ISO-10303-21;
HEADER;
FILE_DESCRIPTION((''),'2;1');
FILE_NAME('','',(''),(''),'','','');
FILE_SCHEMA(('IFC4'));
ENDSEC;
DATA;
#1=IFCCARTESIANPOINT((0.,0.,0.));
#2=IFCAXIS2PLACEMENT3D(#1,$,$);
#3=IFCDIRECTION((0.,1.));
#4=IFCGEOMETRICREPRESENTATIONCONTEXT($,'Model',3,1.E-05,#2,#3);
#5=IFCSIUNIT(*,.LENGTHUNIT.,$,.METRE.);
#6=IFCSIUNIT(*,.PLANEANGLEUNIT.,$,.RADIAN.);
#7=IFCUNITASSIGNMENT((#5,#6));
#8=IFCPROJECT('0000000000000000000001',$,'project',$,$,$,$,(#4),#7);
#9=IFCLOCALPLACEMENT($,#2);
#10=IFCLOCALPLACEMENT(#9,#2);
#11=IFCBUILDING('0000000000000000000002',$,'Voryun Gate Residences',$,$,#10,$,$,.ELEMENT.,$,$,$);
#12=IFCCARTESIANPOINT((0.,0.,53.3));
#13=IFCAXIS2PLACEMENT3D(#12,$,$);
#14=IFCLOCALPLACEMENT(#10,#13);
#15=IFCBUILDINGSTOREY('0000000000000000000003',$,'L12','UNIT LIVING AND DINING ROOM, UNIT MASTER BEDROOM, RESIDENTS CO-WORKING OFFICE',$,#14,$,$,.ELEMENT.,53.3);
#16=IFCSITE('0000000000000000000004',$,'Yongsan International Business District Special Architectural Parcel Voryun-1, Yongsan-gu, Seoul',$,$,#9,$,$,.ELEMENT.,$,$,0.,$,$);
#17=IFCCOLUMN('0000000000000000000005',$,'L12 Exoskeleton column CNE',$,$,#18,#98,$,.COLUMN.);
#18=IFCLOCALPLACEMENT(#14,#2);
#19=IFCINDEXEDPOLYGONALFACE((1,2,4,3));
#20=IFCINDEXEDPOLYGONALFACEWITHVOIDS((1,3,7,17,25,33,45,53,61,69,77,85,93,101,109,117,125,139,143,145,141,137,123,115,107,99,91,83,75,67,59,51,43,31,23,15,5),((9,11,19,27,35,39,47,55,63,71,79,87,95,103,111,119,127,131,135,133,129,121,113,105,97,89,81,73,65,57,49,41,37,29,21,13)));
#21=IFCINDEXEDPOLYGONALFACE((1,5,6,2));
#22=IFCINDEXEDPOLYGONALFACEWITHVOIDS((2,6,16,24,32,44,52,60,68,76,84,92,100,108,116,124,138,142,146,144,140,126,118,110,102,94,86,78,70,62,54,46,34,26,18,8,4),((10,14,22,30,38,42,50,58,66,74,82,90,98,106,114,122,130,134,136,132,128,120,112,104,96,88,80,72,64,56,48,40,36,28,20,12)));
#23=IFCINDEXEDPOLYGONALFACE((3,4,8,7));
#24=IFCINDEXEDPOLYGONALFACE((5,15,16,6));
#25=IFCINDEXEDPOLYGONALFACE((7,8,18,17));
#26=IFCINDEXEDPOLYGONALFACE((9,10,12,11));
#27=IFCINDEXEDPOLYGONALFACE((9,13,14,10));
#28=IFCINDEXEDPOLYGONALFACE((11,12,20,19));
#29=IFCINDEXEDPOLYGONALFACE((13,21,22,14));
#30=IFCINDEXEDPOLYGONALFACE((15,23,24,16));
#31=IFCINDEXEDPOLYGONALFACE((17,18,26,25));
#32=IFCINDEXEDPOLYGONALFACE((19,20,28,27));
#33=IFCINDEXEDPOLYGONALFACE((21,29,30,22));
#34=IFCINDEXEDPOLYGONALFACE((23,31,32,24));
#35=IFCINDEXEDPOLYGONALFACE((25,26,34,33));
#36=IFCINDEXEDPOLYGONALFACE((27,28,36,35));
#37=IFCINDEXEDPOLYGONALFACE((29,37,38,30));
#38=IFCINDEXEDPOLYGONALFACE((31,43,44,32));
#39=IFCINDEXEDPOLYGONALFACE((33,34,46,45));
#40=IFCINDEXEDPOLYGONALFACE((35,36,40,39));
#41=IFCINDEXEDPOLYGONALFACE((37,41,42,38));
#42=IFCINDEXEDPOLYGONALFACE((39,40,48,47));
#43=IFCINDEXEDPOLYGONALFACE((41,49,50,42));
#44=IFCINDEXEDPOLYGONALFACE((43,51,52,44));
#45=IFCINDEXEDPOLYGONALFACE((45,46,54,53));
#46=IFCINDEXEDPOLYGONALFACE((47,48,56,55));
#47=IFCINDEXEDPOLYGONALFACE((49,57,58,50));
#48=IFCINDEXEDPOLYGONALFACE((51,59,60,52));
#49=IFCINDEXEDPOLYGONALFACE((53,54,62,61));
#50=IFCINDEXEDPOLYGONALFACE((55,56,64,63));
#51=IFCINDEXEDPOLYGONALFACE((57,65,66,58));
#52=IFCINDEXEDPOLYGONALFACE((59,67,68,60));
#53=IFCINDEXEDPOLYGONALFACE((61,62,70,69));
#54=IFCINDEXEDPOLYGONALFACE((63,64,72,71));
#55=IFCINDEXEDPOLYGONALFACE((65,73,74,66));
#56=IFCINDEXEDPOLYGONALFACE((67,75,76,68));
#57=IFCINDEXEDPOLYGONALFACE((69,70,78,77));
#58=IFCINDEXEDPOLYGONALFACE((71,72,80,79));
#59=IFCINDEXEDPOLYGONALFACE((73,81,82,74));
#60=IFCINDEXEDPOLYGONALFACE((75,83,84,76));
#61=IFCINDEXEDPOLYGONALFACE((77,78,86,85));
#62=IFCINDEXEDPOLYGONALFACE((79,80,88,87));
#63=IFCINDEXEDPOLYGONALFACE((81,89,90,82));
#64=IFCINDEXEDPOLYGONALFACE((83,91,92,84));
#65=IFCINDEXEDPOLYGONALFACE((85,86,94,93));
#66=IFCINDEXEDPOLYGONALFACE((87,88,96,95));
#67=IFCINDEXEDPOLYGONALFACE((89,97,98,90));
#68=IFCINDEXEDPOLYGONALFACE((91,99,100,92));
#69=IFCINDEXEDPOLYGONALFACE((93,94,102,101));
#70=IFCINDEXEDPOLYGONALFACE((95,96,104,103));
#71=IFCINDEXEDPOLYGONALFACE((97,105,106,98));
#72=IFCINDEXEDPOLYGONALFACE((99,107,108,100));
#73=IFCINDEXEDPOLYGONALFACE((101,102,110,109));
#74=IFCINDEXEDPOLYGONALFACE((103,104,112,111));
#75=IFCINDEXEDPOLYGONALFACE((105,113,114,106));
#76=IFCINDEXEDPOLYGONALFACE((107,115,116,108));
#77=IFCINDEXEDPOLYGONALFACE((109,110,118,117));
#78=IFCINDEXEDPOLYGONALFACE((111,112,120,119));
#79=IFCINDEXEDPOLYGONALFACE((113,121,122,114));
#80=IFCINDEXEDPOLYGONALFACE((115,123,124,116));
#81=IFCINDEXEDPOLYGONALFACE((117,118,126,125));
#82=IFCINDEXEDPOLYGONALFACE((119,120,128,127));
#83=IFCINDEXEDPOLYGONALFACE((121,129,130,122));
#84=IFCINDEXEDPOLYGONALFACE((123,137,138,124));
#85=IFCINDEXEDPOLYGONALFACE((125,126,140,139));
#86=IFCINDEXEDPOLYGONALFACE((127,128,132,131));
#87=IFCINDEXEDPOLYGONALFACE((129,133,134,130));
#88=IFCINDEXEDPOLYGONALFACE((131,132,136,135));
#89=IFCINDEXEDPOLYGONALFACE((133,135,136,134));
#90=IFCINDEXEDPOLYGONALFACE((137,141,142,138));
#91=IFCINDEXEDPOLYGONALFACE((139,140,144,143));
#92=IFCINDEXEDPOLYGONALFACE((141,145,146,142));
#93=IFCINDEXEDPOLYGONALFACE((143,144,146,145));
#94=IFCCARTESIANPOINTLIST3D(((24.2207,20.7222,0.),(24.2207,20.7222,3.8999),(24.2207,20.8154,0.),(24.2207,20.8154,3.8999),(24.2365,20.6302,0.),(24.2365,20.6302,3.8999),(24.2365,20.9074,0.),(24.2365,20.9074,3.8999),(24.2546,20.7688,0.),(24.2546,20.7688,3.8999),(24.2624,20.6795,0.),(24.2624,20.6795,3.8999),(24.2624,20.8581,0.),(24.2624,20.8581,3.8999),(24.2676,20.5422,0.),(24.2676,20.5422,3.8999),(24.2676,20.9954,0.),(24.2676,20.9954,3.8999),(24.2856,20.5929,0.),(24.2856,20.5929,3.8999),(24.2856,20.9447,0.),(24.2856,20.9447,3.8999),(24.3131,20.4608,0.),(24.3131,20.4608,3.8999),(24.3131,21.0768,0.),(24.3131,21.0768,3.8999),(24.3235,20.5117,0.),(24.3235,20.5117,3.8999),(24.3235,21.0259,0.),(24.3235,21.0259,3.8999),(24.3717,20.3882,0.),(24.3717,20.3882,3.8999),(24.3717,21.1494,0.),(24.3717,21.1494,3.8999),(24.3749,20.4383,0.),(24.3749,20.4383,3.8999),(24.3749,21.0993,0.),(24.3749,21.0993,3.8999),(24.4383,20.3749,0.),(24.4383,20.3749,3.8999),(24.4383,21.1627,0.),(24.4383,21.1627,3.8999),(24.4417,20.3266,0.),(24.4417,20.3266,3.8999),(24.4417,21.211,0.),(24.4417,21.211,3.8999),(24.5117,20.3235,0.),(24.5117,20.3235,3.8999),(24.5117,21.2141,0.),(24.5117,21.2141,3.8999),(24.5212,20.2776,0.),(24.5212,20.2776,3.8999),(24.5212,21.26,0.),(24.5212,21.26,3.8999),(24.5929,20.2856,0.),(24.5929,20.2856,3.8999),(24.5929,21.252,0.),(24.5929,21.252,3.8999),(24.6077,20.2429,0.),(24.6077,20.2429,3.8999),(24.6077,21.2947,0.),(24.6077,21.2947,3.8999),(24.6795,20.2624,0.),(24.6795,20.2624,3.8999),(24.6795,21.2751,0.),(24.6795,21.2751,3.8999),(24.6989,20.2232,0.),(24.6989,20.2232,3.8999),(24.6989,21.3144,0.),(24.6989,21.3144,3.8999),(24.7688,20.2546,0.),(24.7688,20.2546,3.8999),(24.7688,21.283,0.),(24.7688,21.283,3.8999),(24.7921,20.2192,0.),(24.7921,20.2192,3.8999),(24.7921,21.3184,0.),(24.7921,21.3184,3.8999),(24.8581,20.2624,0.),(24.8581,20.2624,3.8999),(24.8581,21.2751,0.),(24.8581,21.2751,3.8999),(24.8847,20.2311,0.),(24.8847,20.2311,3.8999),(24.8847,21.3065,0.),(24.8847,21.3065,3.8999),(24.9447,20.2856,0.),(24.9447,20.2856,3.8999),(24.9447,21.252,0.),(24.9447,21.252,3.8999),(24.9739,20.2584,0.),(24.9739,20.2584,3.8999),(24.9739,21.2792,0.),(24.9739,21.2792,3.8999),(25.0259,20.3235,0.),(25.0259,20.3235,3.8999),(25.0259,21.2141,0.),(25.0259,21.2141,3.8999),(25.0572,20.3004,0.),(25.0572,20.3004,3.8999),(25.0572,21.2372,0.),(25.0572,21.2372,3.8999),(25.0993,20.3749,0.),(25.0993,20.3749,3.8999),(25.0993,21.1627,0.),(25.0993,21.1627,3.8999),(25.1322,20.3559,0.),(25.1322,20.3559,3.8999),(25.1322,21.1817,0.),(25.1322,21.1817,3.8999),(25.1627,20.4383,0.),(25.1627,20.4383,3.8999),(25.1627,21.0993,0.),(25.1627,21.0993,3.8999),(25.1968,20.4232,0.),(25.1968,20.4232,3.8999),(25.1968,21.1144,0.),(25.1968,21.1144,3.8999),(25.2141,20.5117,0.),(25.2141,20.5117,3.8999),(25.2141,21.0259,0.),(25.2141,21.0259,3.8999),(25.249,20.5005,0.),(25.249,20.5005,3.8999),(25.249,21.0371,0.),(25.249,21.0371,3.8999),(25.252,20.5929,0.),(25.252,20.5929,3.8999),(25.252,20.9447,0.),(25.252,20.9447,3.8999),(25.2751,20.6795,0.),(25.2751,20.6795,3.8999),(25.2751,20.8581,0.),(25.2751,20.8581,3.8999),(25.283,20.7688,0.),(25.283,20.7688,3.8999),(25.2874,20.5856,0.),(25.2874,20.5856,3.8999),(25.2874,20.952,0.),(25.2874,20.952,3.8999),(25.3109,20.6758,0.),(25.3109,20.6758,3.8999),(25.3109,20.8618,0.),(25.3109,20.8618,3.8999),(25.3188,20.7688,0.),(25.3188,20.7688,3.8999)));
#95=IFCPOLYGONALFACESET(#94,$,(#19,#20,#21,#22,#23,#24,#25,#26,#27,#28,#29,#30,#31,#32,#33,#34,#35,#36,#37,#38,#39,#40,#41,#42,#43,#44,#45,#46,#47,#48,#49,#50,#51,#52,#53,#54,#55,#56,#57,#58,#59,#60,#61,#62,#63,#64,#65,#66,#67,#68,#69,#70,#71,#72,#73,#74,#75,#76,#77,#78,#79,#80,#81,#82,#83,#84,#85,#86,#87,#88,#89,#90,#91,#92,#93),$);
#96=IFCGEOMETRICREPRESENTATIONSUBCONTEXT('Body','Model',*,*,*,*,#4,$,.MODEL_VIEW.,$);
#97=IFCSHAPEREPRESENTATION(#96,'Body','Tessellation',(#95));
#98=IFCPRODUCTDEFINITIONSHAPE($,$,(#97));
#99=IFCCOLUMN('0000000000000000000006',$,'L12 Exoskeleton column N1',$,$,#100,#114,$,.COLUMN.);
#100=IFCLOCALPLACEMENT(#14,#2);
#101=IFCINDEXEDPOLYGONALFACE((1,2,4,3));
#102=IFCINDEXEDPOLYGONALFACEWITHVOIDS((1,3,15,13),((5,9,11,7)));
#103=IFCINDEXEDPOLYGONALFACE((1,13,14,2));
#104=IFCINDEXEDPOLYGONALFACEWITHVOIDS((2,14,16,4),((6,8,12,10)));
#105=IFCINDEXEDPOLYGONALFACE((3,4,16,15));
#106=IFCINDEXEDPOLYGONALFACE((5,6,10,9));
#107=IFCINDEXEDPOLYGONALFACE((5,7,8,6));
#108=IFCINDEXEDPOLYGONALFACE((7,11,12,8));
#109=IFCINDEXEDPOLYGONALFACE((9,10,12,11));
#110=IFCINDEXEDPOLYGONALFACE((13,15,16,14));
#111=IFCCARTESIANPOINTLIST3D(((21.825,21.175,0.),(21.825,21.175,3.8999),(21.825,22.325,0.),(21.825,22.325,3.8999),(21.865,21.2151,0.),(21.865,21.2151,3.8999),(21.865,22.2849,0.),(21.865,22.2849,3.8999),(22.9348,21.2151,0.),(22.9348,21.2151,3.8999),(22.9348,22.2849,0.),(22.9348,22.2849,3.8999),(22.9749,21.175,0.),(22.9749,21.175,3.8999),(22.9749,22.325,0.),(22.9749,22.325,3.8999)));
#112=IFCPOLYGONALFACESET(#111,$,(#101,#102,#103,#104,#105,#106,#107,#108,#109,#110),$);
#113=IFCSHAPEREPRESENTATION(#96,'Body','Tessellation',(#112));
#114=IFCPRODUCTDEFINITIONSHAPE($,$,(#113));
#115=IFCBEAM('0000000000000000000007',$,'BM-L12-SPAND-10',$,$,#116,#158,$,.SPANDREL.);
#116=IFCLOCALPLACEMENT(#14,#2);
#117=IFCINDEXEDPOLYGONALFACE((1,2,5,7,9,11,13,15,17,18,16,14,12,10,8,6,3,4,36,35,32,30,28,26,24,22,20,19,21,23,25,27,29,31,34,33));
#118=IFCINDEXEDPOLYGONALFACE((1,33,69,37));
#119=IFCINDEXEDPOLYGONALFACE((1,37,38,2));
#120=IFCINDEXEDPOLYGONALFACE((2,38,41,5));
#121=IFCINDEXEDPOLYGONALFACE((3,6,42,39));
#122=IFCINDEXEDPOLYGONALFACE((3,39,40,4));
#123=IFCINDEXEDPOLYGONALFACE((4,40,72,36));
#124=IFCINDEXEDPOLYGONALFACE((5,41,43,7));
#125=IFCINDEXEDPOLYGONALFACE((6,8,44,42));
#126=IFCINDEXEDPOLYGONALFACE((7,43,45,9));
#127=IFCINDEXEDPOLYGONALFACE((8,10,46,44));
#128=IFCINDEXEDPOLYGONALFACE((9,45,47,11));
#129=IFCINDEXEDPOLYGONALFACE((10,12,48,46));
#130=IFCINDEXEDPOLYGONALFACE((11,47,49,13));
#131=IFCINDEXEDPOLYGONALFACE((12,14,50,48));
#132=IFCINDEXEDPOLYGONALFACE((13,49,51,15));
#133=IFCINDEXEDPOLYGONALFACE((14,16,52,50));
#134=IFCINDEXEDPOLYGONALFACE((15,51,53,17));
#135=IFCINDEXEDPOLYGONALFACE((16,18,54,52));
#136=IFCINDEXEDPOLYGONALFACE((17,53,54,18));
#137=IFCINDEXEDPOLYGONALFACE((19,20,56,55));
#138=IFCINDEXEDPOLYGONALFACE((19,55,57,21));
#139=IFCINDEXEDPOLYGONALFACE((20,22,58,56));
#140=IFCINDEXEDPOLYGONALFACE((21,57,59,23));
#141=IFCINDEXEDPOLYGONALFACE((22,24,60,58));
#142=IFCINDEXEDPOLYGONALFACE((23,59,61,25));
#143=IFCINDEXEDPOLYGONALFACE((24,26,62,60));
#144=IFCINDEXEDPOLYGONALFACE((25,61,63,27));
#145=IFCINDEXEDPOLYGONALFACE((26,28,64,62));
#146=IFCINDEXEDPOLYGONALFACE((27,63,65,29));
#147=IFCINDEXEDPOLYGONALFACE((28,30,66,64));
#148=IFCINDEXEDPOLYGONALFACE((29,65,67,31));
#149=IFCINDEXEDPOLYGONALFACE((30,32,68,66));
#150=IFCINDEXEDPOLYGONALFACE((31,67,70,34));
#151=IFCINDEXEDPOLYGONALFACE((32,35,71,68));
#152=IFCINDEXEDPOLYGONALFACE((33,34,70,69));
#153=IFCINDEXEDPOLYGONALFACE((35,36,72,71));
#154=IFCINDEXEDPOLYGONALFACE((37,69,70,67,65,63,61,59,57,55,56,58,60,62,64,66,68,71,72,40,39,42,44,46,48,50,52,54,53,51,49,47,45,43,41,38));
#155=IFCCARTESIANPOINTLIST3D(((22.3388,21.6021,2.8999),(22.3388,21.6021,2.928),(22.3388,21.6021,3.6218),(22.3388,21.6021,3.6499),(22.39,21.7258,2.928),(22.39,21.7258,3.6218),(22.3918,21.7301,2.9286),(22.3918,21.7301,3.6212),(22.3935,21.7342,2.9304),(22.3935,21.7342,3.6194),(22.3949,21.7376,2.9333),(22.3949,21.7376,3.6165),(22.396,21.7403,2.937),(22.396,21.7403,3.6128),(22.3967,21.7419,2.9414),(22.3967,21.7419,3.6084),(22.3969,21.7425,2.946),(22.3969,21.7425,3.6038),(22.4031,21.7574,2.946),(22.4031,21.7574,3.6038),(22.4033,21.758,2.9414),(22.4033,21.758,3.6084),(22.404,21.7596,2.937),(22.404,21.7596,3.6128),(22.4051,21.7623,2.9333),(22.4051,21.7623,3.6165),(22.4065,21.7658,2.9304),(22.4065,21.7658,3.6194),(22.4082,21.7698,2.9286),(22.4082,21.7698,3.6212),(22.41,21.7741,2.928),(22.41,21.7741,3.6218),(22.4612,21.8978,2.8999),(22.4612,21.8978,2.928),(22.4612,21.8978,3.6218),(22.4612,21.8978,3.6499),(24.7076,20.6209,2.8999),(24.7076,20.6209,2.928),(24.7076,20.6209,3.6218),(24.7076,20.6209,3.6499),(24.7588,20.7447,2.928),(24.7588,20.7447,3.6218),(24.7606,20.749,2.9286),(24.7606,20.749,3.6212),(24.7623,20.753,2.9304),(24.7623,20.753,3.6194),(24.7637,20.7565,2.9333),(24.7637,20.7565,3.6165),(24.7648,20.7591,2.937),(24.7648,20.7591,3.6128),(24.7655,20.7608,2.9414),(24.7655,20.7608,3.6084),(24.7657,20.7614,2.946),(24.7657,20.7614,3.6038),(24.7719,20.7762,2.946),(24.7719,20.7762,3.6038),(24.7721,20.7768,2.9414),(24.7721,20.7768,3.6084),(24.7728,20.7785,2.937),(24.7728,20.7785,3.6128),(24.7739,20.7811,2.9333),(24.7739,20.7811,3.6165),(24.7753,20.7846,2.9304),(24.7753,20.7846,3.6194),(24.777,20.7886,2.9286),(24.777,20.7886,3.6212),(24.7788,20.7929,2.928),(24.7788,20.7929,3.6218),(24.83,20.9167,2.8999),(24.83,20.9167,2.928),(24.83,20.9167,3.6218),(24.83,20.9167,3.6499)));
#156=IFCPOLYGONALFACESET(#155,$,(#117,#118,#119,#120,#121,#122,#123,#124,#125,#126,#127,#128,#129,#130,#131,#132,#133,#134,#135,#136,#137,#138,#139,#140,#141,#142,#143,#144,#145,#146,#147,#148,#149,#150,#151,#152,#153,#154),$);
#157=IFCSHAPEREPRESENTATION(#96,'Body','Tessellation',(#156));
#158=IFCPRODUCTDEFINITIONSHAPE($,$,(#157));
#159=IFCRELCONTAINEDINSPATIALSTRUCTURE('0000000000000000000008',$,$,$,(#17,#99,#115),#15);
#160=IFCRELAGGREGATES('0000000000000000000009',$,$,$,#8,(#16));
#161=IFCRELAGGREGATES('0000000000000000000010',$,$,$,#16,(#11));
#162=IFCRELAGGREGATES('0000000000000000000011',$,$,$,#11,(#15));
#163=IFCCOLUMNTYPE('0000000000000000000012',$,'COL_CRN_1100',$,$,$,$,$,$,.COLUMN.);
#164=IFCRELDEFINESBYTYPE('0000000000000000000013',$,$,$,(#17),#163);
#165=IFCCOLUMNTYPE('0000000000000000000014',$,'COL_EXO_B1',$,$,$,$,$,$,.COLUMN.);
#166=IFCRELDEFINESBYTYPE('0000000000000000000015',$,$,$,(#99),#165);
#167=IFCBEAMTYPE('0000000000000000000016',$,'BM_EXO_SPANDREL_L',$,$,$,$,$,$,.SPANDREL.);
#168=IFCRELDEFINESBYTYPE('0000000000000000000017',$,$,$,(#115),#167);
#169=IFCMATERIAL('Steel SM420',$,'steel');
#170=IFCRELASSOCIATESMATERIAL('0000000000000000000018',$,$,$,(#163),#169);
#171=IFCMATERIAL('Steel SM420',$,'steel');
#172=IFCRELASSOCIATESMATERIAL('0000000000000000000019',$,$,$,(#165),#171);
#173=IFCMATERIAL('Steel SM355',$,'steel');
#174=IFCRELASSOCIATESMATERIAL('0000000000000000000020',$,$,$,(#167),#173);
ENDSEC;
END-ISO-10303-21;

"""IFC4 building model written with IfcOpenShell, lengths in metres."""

from ifc_helpers import new_model, si_unit, direction, frame, origin, origin_2d, place, context, subcontext, project, spatial, hollow_rectangle, hollow_circle, i_section, extrude, material, material_profile, profile_set, type_object, element, save


model = new_model("IFC4")

# Units and contexts
model_context = context("Model", 3, precision=1e-05, world=origin(), true_north=direction((0.0, 1.0)))
body_context = subcontext(model_context, "Body", "Model", "MODEL_VIEW")
ifc_project = project(units=[si_unit("LENGTHUNIT", "METRE"), si_unit("PLANEANGLEUNIT", "RADIAN")], contexts=[model_context])

# Site, building, storey
site_placement = place(None, origin())
site = spatial("IfcSite", under=ifc_project, at=site_placement, Name="Yongsan International Business District Special Architectural Parcel Voryun-1, Yongsan-gu, Seoul", CompositionType="ELEMENT", RefElevation=0.0)
building_placement = place(site_placement, origin())
building = spatial("IfcBuilding", under=site, at=building_placement, Name="Voryun Gate Residences", CompositionType="ELEMENT")
storey_placement = place(building_placement, frame((0.0, 0.0, 53.3)))
storey = spatial("IfcBuildingStorey", under=building, at=storey_placement, Name="L12", Description="UNIT LIVING AND DINING ROOM, UNIT MASTER BEDROOM, RESIDENTS CO-WORKING OFFICE", CompositionType="ELEMENT", Elevation=53.3)

# Columns
ifc_material_1 = material(Name="Steel SM420", Category="steel")
ifc_material_profile_1 = material_profile(ifc_material_1, hollow_circle(Radius=0.55, WallThickness=0.0359, at=origin_2d()), Name="CHS-1100x36")
ifc_profile_set_1 = profile_set([ifc_material_profile_1], Name="Steel SM420")
column_type_1 = type_object("IfcColumnType", Name="COL_CRN_1100", PredefinedType="COLUMN", material=ifc_profile_set_1)
column_1_placement = place(storey_placement, frame((24.7688, 20.7688, 0.0), z_axis=(0.0, 0.0, 1.0), x_axis=(1.0, 0.0, 0.0)))
element("IfcColumn", 1, at=column_1_placement, inside=storey, type_object=column_type_1, Name="L12 Exoskeleton column CNE", PredefinedType="COLUMN", context=body_context, shape_type="SweptSolid", body=[
    extrude(hollow_circle(Radius=0.55, WallThickness=0.0359, at=origin_2d()), origin(), (0.0, 0.0, 1.0), 3.8999),
])
ifc_material_2 = material(Name="Steel SM420", Category="steel")
ifc_material_profile_2 = material_profile(ifc_material_2, hollow_rectangle(XDim=1.1499, YDim=1.1499, WallThickness=0.04, at=origin_2d()), Name="BOX-1150x1150x40")
ifc_profile_set_2 = profile_set([ifc_material_profile_2], Name="Steel SM420")
column_type_2 = type_object("IfcColumnType", Name="COL_EXO_B1", PredefinedType="COLUMN", material=ifc_profile_set_2)
column_2_placement = place(storey_placement, frame((22.3999, 21.75, 0.0), z_axis=(0.0, 0.0, 1.0), x_axis=(1.0, 0.0, 0.0)))
element("IfcColumn", 2, at=column_2_placement, inside=storey, type_object=column_type_2, Name="L12 Exoskeleton column N1", PredefinedType="COLUMN", context=body_context, shape_type="SweptSolid", body=[
    extrude(hollow_rectangle(XDim=1.1499, YDim=1.1499, WallThickness=0.04, at=origin_2d()), origin(), (0.0, 0.0, 1.0), 3.8999),
])

# Beam
ifc_material_3 = material(Name="Steel SM355", Category="steel")
ifc_material_profile_3 = material_profile(ifc_material_3, i_section(OverallWidth=0.3201, OverallDepth=0.75, WebThickness=0.0161, FlangeThickness=0.0281, FilletRadius=0.0181, at=origin_2d()), Name="H-750x320x16x28")
ifc_profile_set_3 = profile_set([ifc_material_profile_3], Name="Steel SM355")
beam_type = type_object("IfcBeamType", Name="BM_EXO_SPANDREL_L", PredefinedType="SPANDREL", material=ifc_profile_set_3)
beam_1_placement = place(storey_placement, frame((24.7688, 20.7688, 3.2749), z_axis=(-0.923883, 0.382674, 0.0), x_axis=(-0.382674, -0.923883, 0.0)))
element("IfcBeam", 3, at=beam_1_placement, inside=storey, type_object=beam_type, Name="BM-L12-SPAND-10", PredefinedType="SPANDREL", context=body_context, shape_type="SweptSolid", body=[
    extrude(i_section(OverallWidth=0.3201, OverallDepth=0.75, WebThickness=0.0161, FlangeThickness=0.0281, FilletRadius=0.0181, at=origin_2d()), origin(), (0.0, 0.0, 1.0), 2.564),
])

save(model, "model.ifc")
